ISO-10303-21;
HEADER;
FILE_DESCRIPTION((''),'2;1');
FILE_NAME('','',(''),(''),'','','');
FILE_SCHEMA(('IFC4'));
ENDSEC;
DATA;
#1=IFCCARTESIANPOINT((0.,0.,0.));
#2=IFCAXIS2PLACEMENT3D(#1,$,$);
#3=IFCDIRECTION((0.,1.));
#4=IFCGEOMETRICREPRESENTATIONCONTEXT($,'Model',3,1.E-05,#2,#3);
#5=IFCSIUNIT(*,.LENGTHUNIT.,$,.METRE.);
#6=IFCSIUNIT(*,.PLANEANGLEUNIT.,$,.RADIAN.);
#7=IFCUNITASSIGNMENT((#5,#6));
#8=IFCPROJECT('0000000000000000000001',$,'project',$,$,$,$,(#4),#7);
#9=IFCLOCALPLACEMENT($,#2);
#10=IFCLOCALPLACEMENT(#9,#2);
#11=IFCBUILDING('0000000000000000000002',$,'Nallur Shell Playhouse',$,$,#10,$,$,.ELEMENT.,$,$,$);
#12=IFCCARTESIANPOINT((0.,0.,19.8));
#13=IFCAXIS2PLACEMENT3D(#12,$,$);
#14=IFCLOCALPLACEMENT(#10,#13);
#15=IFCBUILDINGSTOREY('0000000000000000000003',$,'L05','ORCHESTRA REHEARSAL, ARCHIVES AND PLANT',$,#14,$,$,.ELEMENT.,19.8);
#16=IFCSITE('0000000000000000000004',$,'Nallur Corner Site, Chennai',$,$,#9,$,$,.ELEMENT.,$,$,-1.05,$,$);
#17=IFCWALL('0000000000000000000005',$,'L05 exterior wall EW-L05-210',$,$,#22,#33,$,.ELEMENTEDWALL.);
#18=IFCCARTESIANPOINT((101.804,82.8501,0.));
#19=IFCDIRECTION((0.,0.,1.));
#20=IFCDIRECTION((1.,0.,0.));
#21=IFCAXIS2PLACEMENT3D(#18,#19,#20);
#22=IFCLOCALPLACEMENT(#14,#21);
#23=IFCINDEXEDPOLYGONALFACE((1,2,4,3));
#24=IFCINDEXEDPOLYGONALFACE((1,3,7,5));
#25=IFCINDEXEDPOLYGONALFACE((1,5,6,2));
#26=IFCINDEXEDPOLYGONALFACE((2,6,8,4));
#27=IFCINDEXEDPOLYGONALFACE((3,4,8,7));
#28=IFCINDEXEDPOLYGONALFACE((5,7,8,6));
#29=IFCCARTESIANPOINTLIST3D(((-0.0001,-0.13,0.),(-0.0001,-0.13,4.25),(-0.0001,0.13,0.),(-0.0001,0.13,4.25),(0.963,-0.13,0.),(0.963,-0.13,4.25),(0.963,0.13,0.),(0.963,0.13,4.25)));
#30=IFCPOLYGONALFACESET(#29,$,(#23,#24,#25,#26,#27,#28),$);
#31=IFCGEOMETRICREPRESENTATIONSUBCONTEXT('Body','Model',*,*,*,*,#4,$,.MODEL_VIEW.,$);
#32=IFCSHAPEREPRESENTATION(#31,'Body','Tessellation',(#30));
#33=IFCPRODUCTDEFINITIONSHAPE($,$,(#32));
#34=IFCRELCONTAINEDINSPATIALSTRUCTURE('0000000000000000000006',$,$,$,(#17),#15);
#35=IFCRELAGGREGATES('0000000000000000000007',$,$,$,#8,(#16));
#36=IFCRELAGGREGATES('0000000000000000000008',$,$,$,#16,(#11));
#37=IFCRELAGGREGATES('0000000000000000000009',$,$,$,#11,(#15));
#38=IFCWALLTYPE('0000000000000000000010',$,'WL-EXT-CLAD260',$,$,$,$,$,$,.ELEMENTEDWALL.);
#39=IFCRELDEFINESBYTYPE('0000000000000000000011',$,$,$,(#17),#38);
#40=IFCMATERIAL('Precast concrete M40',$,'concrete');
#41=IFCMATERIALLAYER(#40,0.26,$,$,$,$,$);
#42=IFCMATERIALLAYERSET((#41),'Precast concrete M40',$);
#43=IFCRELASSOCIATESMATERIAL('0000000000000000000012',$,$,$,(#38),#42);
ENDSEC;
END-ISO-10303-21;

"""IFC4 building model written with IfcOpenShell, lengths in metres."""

from ifc_helpers import new_model, si_unit, direction, frame, frame_2d, origin, place, context, subcontext, project, spatial, rectangle, extrude, material, layer, layer_set, type_object, element, save


model = new_model("IFC4")

# Units and contexts
model_context = context("Model", 3, precision=1e-05, world=origin(), true_north=direction((0.0, 1.0)))
body_context = subcontext(model_context, "Body", "Model", "MODEL_VIEW")
ifc_project = project(units=[si_unit("LENGTHUNIT", "METRE"), si_unit("PLANEANGLEUNIT", "RADIAN")], contexts=[model_context])

# Site, building, storey
site_placement = place(None, origin())
site = spatial("IfcSite", under=ifc_project, at=site_placement, Name="Nallur Corner Site, Chennai", CompositionType="ELEMENT", RefElevation=-1.05)
building_placement = place(site_placement, origin())
building = spatial("IfcBuilding", under=site, at=building_placement, Name="Nallur Shell Playhouse", CompositionType="ELEMENT")
storey_placement = place(building_placement, frame((0.0, 0.0, 19.8)))
storey = spatial("IfcBuildingStorey", under=building, at=storey_placement, Name="L05", Description="ORCHESTRA REHEARSAL, ARCHIVES AND PLANT", CompositionType="ELEMENT", Elevation=19.8)

# Wall
ifc_material_1 = material(Name="Precast concrete M40", Category="concrete")
ifc_layer_1 = layer(ifc_material_1, 0.26)
ifc_layer_set_1 = layer_set([ifc_layer_1], Name="Precast concrete M40")
wall_type_1 = type_object("IfcWallType", Name="WL-EXT-CLAD260", PredefinedType="ELEMENTEDWALL", material=ifc_layer_set_1)
wall_1_placement = place(storey_placement, frame((101.804, 82.8501, 0.0), z_axis=(0.0, 0.0, 1.0), x_axis=(1.0, 0.0, 0.0)))
element("IfcWall", 1, at=wall_1_placement, inside=storey, type_object=wall_type_1, Name="L05 exterior wall EW-L05-210", PredefinedType="ELEMENTEDWALL", context=body_context, shape_type="SweptSolid", body=[
    extrude(rectangle(XDim=0.9631, YDim=0.26, at=frame_2d((0.4814, 0.0))), origin(), (0.0, 0.0, 1.0), 4.25),
])

save(model, "model.ifc")
